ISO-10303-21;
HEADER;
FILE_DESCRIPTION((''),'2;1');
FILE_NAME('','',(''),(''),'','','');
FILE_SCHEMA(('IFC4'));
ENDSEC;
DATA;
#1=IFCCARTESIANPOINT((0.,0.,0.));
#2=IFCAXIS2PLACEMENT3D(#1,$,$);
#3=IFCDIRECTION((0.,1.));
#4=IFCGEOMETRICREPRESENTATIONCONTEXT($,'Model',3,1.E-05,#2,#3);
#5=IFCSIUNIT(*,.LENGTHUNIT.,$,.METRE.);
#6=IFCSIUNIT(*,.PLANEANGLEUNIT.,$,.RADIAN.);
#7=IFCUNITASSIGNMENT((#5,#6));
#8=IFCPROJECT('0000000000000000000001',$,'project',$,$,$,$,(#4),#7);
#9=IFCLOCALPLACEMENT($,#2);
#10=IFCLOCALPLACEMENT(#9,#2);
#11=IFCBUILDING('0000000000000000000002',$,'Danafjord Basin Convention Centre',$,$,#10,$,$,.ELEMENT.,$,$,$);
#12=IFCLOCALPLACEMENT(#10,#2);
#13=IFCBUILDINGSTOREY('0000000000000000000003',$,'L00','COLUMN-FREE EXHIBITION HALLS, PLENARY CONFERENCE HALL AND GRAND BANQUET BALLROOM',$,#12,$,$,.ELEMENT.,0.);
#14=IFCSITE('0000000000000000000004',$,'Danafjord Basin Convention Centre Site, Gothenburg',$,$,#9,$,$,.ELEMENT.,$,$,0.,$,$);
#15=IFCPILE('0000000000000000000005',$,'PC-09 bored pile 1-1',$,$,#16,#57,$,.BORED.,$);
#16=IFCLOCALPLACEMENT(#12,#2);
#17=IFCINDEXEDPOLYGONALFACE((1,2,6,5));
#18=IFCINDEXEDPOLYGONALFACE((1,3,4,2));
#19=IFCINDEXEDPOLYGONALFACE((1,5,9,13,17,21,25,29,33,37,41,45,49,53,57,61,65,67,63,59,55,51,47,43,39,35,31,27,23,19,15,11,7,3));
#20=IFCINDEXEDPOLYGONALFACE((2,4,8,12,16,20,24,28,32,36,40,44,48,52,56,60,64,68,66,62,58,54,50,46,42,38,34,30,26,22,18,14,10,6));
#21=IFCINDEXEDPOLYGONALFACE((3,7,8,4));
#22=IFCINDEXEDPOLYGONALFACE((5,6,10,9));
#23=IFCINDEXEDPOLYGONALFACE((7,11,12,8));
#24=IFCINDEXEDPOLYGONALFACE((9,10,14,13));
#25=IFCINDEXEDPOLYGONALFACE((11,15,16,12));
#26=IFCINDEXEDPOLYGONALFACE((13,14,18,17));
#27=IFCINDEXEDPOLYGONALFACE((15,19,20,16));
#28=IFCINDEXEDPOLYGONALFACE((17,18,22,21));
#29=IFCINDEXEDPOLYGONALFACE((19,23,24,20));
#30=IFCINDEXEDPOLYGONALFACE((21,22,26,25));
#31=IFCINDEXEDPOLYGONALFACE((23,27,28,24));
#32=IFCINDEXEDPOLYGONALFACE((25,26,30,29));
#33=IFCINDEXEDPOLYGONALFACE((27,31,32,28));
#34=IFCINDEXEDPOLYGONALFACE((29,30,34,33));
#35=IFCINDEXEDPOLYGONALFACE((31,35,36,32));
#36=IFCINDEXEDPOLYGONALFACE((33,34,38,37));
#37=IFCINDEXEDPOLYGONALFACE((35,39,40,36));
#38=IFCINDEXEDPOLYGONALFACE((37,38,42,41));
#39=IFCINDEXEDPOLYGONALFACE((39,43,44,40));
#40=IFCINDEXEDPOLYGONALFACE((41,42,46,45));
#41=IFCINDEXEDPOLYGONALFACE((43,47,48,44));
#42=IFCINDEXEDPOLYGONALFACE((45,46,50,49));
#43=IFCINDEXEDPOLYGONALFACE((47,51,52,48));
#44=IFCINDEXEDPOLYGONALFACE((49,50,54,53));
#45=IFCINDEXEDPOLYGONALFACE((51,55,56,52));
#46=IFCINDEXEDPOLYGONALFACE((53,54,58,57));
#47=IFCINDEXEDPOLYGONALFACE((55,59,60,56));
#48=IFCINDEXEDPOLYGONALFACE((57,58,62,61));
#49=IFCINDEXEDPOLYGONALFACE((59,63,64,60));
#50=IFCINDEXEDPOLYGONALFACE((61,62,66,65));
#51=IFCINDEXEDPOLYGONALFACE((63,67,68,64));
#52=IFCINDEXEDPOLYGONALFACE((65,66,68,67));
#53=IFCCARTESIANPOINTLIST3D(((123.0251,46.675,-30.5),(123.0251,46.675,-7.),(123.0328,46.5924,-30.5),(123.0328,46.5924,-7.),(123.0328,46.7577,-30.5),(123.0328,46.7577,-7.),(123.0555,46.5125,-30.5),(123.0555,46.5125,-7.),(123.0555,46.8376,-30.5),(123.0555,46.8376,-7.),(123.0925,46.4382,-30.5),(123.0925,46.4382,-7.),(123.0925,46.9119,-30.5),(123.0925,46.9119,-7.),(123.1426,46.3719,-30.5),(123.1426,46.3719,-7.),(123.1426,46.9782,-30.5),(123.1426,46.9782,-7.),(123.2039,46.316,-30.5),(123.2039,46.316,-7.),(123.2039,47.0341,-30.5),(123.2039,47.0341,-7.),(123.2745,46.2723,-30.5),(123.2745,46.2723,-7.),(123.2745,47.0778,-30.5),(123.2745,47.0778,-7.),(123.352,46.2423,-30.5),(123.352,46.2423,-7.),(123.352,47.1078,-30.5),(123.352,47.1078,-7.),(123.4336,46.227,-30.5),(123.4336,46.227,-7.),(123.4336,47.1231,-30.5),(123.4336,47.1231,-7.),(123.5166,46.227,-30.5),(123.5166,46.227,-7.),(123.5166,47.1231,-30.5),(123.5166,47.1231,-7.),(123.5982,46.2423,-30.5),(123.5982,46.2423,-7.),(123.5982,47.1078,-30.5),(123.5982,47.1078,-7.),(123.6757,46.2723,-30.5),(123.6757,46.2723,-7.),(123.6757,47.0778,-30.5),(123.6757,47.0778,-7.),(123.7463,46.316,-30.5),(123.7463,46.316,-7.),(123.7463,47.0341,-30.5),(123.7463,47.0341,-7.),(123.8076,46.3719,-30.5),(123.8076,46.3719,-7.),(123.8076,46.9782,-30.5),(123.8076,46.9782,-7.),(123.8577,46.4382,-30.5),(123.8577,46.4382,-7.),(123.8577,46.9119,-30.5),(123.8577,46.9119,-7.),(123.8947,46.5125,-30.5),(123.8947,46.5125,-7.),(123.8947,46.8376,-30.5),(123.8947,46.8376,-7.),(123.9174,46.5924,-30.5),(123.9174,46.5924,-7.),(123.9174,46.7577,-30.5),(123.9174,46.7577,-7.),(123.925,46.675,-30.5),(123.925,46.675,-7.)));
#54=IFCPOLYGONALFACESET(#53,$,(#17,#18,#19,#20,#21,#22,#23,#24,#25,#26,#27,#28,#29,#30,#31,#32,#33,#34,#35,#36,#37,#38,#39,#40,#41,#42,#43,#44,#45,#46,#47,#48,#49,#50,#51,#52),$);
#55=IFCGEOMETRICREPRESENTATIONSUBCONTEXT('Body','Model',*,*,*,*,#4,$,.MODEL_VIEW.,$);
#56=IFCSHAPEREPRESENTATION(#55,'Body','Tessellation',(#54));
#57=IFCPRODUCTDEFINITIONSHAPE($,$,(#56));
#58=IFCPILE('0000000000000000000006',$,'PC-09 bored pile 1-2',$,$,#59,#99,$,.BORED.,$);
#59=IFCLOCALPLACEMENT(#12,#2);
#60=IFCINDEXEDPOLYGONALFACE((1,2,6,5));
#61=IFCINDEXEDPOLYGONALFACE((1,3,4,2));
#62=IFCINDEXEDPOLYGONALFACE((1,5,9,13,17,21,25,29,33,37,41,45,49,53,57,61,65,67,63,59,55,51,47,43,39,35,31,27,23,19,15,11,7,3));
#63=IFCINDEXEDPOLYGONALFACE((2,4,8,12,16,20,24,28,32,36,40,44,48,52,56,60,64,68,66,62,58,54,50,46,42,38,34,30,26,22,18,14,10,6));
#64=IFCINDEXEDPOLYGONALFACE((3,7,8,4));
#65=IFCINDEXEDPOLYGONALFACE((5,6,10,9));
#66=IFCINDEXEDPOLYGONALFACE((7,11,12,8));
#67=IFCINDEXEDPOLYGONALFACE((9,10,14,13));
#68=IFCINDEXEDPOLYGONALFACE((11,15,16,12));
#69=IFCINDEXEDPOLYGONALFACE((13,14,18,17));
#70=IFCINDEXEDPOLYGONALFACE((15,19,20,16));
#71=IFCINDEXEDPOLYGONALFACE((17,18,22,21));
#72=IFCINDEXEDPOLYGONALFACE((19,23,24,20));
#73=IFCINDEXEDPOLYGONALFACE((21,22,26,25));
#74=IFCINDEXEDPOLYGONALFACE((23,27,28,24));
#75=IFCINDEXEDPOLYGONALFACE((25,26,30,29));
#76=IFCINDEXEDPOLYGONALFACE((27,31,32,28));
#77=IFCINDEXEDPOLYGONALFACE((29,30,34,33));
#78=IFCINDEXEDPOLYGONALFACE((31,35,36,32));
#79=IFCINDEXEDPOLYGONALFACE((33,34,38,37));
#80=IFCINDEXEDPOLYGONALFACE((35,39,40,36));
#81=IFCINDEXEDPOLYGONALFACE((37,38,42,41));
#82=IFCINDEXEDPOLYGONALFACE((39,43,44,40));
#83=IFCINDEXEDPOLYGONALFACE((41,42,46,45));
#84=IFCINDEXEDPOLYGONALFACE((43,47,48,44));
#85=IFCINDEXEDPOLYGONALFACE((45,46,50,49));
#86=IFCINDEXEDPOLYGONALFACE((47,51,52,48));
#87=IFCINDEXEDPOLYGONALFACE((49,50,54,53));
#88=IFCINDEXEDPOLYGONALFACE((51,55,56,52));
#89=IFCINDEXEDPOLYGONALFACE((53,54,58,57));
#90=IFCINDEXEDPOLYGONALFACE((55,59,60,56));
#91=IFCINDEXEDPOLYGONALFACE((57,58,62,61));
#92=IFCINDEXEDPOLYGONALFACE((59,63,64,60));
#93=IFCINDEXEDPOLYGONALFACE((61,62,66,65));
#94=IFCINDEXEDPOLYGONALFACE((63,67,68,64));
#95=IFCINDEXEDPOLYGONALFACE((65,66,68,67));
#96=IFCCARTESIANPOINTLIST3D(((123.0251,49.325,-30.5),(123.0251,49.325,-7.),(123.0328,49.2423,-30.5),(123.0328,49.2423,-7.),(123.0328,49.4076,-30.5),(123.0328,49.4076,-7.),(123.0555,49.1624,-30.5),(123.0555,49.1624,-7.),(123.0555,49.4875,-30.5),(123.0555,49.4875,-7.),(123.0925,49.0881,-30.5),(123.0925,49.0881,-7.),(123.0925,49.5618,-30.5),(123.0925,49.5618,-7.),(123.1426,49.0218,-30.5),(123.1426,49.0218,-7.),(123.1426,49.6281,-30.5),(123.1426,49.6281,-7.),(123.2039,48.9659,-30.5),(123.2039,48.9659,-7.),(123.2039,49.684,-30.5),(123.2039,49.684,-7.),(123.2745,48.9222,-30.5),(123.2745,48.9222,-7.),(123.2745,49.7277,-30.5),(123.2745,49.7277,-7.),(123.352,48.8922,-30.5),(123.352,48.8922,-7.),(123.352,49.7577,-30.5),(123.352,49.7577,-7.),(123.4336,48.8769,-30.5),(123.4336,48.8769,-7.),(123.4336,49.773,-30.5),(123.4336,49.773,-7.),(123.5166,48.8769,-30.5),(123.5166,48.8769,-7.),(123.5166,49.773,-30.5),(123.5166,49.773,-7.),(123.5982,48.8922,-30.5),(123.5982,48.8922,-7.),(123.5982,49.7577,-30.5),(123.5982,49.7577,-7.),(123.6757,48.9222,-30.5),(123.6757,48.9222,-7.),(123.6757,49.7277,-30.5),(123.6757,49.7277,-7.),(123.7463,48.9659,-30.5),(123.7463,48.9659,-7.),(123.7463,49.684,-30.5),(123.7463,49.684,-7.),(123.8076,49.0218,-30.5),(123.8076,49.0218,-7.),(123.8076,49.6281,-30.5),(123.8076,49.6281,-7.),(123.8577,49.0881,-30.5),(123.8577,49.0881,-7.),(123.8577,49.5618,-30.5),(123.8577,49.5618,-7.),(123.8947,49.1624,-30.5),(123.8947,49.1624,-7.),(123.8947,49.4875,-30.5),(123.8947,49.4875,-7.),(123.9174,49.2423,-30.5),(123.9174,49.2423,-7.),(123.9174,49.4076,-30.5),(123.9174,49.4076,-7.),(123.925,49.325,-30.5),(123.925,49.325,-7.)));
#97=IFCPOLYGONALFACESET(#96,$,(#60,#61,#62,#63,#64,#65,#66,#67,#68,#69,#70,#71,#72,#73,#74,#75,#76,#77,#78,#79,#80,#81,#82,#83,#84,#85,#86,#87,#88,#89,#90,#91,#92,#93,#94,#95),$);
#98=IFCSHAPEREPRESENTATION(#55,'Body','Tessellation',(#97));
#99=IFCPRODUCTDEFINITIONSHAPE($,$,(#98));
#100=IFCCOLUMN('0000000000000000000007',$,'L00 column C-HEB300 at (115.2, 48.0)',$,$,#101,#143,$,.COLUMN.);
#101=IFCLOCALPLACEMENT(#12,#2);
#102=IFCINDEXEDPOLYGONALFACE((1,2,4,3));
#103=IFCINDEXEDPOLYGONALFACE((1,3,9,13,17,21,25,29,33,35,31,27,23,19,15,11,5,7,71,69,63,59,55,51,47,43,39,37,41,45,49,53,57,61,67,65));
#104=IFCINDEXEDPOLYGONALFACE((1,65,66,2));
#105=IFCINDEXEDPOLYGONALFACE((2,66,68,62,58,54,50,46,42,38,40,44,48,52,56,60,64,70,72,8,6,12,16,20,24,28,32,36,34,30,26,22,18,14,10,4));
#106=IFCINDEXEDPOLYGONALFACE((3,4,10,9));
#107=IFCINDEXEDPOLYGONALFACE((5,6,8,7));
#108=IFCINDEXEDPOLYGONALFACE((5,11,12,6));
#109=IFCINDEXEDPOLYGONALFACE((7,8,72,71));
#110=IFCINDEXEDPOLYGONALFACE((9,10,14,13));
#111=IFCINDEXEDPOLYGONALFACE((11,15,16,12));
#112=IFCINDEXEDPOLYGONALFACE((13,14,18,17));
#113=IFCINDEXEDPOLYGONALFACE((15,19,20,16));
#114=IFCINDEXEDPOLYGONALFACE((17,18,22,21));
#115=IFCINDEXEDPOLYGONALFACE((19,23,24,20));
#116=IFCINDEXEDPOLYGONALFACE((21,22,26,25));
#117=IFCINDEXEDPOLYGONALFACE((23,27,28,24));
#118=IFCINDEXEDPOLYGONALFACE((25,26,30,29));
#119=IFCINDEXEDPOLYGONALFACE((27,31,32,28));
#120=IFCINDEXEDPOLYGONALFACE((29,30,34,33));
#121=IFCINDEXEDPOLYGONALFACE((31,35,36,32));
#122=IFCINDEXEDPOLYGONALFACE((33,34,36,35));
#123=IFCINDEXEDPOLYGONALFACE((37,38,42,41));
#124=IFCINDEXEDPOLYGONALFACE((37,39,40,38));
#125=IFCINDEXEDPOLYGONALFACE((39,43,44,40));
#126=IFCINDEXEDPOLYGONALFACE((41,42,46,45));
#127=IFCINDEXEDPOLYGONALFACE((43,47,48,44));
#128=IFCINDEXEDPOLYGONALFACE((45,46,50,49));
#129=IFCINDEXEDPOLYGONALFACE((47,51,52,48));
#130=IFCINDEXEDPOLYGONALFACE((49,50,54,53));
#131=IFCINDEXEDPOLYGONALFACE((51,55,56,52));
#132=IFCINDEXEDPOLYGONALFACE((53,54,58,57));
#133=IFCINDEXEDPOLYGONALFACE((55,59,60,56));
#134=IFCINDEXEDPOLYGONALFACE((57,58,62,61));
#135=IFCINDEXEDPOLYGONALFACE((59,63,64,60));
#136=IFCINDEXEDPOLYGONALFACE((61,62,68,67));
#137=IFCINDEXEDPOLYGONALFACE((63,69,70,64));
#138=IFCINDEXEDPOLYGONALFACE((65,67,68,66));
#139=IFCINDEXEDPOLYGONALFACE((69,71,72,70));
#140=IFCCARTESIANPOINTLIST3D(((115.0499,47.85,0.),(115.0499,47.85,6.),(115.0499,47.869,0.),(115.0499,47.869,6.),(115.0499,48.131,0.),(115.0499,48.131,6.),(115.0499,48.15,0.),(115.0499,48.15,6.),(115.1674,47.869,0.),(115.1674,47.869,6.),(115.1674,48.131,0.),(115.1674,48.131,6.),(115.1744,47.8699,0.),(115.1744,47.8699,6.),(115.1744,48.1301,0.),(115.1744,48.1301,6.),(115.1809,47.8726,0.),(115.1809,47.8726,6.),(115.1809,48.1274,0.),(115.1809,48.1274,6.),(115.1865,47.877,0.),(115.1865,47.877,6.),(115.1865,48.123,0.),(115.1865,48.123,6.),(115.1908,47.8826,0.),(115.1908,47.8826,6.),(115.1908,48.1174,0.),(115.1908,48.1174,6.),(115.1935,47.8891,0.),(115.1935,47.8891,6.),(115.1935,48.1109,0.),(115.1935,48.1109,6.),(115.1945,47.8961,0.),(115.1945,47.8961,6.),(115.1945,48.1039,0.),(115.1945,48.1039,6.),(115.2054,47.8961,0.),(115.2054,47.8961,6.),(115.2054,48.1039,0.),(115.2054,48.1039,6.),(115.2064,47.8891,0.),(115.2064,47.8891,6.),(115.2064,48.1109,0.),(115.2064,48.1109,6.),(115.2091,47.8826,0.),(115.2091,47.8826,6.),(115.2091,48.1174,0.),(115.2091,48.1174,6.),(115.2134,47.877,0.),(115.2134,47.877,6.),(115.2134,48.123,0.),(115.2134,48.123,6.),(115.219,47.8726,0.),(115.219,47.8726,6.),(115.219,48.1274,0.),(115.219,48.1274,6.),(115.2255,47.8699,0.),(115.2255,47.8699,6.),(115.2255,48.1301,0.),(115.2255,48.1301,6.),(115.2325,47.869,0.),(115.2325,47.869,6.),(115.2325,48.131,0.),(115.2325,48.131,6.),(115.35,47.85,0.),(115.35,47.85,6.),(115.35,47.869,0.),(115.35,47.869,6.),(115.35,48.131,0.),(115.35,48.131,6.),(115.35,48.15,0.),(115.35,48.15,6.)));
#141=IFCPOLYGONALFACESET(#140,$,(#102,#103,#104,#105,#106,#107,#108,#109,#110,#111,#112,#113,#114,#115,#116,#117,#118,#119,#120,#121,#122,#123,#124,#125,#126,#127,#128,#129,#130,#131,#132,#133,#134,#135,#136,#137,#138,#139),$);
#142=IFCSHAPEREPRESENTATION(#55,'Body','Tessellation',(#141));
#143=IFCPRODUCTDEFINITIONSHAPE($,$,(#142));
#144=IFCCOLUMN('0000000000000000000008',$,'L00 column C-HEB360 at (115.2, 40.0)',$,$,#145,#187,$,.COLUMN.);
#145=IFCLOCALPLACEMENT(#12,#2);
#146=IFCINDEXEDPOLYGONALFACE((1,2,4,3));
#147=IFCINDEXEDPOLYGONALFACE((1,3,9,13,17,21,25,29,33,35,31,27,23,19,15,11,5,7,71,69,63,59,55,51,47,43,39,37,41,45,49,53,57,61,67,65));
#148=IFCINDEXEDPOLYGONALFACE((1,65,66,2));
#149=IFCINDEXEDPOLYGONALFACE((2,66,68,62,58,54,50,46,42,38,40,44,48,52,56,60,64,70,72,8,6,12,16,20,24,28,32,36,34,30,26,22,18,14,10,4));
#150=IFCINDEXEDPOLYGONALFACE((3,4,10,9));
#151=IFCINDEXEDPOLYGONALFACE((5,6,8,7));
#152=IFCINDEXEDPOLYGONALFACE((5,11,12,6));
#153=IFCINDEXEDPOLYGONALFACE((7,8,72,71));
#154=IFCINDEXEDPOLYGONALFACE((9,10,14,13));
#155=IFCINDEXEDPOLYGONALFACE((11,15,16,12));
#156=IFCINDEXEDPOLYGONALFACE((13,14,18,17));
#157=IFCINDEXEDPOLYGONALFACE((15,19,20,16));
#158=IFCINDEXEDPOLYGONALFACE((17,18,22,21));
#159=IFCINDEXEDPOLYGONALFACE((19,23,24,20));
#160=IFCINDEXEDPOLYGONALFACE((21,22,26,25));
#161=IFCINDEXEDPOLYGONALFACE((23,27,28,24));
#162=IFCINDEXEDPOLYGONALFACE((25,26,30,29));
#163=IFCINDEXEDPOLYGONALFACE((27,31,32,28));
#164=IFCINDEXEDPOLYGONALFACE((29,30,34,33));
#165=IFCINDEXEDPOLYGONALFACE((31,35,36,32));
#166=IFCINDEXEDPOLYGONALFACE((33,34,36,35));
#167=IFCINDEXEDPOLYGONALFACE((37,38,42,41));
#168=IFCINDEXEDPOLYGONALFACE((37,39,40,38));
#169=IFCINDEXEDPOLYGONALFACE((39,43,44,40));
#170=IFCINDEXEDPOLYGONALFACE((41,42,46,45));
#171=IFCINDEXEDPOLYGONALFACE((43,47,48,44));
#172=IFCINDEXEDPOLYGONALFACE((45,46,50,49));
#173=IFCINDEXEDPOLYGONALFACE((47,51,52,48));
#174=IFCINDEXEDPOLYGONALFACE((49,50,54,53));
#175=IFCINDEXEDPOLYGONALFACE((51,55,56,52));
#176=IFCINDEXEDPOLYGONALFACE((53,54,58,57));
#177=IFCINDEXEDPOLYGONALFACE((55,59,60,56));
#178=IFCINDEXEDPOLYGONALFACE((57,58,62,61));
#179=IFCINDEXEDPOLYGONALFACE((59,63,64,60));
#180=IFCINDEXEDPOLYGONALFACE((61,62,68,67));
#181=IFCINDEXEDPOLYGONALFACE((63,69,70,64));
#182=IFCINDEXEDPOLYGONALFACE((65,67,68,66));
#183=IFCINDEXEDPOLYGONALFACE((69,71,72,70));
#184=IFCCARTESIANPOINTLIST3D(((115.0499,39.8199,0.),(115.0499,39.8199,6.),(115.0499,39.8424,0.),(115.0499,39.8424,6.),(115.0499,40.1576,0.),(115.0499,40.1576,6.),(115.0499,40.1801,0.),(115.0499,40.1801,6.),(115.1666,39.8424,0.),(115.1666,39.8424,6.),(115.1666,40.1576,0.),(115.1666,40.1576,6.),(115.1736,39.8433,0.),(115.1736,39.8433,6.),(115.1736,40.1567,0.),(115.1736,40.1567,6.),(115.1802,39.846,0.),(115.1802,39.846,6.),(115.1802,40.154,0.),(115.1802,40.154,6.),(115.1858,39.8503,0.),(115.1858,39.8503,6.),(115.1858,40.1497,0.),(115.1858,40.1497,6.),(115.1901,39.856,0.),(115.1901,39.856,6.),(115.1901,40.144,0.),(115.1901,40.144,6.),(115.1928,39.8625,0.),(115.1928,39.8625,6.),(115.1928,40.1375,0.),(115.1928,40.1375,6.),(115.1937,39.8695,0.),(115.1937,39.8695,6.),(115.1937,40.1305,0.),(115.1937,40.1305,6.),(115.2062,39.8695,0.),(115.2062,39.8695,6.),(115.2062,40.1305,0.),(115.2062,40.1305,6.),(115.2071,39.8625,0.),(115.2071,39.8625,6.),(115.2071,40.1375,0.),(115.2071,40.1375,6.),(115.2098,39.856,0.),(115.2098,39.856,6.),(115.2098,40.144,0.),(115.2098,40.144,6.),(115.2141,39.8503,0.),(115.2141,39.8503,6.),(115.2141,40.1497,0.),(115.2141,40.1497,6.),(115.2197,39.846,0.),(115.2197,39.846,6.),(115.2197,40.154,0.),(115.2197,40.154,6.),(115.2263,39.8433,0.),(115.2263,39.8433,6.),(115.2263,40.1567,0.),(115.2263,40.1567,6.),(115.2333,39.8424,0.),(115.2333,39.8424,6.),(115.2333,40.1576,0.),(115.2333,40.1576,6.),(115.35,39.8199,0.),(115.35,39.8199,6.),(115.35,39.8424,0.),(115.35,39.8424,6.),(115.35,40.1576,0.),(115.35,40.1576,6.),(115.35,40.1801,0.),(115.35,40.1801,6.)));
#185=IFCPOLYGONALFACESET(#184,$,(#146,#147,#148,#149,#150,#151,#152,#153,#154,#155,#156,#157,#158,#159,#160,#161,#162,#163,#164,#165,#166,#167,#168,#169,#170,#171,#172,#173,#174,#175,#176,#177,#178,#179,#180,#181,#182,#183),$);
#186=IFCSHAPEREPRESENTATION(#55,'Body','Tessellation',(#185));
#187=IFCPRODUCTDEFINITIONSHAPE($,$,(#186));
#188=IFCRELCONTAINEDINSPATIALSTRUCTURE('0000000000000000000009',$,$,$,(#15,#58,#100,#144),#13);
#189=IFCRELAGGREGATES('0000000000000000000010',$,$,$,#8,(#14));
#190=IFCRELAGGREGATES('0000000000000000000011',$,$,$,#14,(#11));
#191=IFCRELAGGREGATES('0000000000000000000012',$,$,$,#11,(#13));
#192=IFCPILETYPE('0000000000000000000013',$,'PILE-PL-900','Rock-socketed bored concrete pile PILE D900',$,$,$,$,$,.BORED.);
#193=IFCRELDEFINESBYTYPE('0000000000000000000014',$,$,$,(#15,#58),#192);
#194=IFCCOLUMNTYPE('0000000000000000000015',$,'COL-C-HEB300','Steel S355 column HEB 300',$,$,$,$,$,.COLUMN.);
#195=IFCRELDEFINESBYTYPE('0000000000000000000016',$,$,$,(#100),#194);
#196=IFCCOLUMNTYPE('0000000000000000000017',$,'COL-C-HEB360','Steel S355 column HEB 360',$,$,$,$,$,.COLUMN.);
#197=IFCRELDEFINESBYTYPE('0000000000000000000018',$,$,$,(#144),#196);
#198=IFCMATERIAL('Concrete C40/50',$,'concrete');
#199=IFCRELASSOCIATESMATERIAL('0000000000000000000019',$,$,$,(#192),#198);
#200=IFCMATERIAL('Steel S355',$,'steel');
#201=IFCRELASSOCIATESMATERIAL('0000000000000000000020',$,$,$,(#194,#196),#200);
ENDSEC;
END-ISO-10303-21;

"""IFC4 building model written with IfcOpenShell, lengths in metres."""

from ifc_helpers import new_model, si_unit, direction, frame, origin, origin_2d, place, context, subcontext, project, spatial, circle, i_section, extrude, material, material_profile, profile_set, type_object, element, save


model = new_model("IFC4")

# Units and contexts
model_context = context("Model", 3, precision=1e-05, world=origin(), true_north=direction((0.0, 1.0)))
body_context = subcontext(model_context, "Body", "Model", "MODEL_VIEW")
ifc_project = project(units=[si_unit("LENGTHUNIT", "METRE"), si_unit("PLANEANGLEUNIT", "RADIAN")], contexts=[model_context])

# Site, building, storey
site_placement = place(None, origin())
site = spatial("IfcSite", under=ifc_project, at=site_placement, Name="Danafjord Basin Convention Centre Site, Gothenburg", CompositionType="ELEMENT", RefElevation=0.0)
building_placement = place(site_placement, origin())
building = spatial("IfcBuilding", under=site, at=building_placement, Name="Danafjord Basin Convention Centre", CompositionType="ELEMENT")
storey_placement = place(building_placement, origin())
storey = spatial("IfcBuildingStorey", under=building, at=storey_placement, Name="L00", Description="COLUMN-FREE EXHIBITION HALLS, PLENARY CONFERENCE HALL AND GRAND BANQUET BALLROOM", CompositionType="ELEMENT", Elevation=0.0)

# Piles
ifc_material_1 = material(Name="Concrete C40/50", Category="concrete")
ifc_material_profile_1 = material_profile(ifc_material_1, circle(Radius=0.45, at=origin_2d()), Name="PILE D900")
ifc_profile_set_1 = profile_set([ifc_material_profile_1], Name="Concrete C40/50")
pile_type = type_object("IfcPileType", Name="PILE-PL-900", Description="Rock-socketed bored concrete pile PILE D900", PredefinedType="BORED", material=ifc_profile_set_1)
for number, where, z_axis, x_axis, name in (
    (1, (123.4751, 46.675, -7.0), (0.0, 0.0, -1.0), (1.0, 0.0, 0.0), "PC-09 bored pile 1-1"),
    (2, (123.4751, 49.325, -7.0), (0.0, 0.0, -1.0), (1.0, 0.0, 0.0), "PC-09 bored pile 1-2"),
):
    element("IfcPile", number, at=place(storey_placement, frame(where, z_axis=z_axis, x_axis=x_axis)), inside=storey, type_object=pile_type, Name=name, PredefinedType="BORED", context=body_context, shape_type="SweptSolid", body=[
        extrude(circle(Radius=0.45, at=origin_2d()), origin(), (0.0, 0.0, 1.0), 23.5),
    ])

# Columns
ifc_material_2 = material(Name="Steel S355", Category="steel")
ifc_material_profile_2 = material_profile(ifc_material_2, i_section(OverallWidth=0.3, OverallDepth=0.3, WebThickness=0.011, FlangeThickness=0.019, FilletRadius=0.0271, at=origin_2d()), Name="HEB 300")
ifc_profile_set_2 = profile_set([ifc_material_profile_2], Name="Steel S355")
column_type_1 = type_object("IfcColumnType", Name="COL-C-HEB300", Description="Steel S355 column HEB 300", PredefinedType="COLUMN", material=ifc_profile_set_2)
column_1_placement = place(storey_placement, frame((115.2, 48.0, 0.0), z_axis=(0.0, 0.0, 1.0), x_axis=(1.0, 0.0, 0.0)))
element("IfcColumn", 3, at=column_1_placement, inside=storey, type_object=column_type_1, Name="L00 column C-HEB300 at (115.2, 48.0)", PredefinedType="COLUMN", context=body_context, shape_type="SweptSolid", body=[
    extrude(i_section(OverallWidth=0.3, OverallDepth=0.3, WebThickness=0.011, FlangeThickness=0.019, FilletRadius=0.0271, at=origin_2d()), origin(), (0.0, 0.0, 1.0), 6.0),
])
ifc_material_profile_3 = material_profile(ifc_material_2, i_section(OverallWidth=0.3, OverallDepth=0.3601, WebThickness=0.0125, FlangeThickness=0.0225, FilletRadius=0.0271, at=origin_2d()), Name="HEB 360")
ifc_profile_set_3 = profile_set([ifc_material_profile_3], Name="Steel S355")
column_type_2 = type_object("IfcColumnType", Name="COL-C-HEB360", Description="Steel S355 column HEB 360", PredefinedType="COLUMN", material=ifc_profile_set_3)
column_2_placement = place(storey_placement, frame((115.2, 40.0, 0.0), z_axis=(0.0, 0.0, 1.0), x_axis=(1.0, 0.0, 0.0)))
element("IfcColumn", 4, at=column_2_placement, inside=storey, type_object=column_type_2, Name="L00 column C-HEB360 at (115.2, 40.0)", PredefinedType="COLUMN", context=body_context, shape_type="SweptSolid", body=[
    extrude(i_section(OverallWidth=0.3, OverallDepth=0.3601, WebThickness=0.0125, FlangeThickness=0.0225, FilletRadius=0.0271, at=origin_2d()), origin(), (0.0, 0.0, 1.0), 6.0),
])

save(model, "model.ifc")
